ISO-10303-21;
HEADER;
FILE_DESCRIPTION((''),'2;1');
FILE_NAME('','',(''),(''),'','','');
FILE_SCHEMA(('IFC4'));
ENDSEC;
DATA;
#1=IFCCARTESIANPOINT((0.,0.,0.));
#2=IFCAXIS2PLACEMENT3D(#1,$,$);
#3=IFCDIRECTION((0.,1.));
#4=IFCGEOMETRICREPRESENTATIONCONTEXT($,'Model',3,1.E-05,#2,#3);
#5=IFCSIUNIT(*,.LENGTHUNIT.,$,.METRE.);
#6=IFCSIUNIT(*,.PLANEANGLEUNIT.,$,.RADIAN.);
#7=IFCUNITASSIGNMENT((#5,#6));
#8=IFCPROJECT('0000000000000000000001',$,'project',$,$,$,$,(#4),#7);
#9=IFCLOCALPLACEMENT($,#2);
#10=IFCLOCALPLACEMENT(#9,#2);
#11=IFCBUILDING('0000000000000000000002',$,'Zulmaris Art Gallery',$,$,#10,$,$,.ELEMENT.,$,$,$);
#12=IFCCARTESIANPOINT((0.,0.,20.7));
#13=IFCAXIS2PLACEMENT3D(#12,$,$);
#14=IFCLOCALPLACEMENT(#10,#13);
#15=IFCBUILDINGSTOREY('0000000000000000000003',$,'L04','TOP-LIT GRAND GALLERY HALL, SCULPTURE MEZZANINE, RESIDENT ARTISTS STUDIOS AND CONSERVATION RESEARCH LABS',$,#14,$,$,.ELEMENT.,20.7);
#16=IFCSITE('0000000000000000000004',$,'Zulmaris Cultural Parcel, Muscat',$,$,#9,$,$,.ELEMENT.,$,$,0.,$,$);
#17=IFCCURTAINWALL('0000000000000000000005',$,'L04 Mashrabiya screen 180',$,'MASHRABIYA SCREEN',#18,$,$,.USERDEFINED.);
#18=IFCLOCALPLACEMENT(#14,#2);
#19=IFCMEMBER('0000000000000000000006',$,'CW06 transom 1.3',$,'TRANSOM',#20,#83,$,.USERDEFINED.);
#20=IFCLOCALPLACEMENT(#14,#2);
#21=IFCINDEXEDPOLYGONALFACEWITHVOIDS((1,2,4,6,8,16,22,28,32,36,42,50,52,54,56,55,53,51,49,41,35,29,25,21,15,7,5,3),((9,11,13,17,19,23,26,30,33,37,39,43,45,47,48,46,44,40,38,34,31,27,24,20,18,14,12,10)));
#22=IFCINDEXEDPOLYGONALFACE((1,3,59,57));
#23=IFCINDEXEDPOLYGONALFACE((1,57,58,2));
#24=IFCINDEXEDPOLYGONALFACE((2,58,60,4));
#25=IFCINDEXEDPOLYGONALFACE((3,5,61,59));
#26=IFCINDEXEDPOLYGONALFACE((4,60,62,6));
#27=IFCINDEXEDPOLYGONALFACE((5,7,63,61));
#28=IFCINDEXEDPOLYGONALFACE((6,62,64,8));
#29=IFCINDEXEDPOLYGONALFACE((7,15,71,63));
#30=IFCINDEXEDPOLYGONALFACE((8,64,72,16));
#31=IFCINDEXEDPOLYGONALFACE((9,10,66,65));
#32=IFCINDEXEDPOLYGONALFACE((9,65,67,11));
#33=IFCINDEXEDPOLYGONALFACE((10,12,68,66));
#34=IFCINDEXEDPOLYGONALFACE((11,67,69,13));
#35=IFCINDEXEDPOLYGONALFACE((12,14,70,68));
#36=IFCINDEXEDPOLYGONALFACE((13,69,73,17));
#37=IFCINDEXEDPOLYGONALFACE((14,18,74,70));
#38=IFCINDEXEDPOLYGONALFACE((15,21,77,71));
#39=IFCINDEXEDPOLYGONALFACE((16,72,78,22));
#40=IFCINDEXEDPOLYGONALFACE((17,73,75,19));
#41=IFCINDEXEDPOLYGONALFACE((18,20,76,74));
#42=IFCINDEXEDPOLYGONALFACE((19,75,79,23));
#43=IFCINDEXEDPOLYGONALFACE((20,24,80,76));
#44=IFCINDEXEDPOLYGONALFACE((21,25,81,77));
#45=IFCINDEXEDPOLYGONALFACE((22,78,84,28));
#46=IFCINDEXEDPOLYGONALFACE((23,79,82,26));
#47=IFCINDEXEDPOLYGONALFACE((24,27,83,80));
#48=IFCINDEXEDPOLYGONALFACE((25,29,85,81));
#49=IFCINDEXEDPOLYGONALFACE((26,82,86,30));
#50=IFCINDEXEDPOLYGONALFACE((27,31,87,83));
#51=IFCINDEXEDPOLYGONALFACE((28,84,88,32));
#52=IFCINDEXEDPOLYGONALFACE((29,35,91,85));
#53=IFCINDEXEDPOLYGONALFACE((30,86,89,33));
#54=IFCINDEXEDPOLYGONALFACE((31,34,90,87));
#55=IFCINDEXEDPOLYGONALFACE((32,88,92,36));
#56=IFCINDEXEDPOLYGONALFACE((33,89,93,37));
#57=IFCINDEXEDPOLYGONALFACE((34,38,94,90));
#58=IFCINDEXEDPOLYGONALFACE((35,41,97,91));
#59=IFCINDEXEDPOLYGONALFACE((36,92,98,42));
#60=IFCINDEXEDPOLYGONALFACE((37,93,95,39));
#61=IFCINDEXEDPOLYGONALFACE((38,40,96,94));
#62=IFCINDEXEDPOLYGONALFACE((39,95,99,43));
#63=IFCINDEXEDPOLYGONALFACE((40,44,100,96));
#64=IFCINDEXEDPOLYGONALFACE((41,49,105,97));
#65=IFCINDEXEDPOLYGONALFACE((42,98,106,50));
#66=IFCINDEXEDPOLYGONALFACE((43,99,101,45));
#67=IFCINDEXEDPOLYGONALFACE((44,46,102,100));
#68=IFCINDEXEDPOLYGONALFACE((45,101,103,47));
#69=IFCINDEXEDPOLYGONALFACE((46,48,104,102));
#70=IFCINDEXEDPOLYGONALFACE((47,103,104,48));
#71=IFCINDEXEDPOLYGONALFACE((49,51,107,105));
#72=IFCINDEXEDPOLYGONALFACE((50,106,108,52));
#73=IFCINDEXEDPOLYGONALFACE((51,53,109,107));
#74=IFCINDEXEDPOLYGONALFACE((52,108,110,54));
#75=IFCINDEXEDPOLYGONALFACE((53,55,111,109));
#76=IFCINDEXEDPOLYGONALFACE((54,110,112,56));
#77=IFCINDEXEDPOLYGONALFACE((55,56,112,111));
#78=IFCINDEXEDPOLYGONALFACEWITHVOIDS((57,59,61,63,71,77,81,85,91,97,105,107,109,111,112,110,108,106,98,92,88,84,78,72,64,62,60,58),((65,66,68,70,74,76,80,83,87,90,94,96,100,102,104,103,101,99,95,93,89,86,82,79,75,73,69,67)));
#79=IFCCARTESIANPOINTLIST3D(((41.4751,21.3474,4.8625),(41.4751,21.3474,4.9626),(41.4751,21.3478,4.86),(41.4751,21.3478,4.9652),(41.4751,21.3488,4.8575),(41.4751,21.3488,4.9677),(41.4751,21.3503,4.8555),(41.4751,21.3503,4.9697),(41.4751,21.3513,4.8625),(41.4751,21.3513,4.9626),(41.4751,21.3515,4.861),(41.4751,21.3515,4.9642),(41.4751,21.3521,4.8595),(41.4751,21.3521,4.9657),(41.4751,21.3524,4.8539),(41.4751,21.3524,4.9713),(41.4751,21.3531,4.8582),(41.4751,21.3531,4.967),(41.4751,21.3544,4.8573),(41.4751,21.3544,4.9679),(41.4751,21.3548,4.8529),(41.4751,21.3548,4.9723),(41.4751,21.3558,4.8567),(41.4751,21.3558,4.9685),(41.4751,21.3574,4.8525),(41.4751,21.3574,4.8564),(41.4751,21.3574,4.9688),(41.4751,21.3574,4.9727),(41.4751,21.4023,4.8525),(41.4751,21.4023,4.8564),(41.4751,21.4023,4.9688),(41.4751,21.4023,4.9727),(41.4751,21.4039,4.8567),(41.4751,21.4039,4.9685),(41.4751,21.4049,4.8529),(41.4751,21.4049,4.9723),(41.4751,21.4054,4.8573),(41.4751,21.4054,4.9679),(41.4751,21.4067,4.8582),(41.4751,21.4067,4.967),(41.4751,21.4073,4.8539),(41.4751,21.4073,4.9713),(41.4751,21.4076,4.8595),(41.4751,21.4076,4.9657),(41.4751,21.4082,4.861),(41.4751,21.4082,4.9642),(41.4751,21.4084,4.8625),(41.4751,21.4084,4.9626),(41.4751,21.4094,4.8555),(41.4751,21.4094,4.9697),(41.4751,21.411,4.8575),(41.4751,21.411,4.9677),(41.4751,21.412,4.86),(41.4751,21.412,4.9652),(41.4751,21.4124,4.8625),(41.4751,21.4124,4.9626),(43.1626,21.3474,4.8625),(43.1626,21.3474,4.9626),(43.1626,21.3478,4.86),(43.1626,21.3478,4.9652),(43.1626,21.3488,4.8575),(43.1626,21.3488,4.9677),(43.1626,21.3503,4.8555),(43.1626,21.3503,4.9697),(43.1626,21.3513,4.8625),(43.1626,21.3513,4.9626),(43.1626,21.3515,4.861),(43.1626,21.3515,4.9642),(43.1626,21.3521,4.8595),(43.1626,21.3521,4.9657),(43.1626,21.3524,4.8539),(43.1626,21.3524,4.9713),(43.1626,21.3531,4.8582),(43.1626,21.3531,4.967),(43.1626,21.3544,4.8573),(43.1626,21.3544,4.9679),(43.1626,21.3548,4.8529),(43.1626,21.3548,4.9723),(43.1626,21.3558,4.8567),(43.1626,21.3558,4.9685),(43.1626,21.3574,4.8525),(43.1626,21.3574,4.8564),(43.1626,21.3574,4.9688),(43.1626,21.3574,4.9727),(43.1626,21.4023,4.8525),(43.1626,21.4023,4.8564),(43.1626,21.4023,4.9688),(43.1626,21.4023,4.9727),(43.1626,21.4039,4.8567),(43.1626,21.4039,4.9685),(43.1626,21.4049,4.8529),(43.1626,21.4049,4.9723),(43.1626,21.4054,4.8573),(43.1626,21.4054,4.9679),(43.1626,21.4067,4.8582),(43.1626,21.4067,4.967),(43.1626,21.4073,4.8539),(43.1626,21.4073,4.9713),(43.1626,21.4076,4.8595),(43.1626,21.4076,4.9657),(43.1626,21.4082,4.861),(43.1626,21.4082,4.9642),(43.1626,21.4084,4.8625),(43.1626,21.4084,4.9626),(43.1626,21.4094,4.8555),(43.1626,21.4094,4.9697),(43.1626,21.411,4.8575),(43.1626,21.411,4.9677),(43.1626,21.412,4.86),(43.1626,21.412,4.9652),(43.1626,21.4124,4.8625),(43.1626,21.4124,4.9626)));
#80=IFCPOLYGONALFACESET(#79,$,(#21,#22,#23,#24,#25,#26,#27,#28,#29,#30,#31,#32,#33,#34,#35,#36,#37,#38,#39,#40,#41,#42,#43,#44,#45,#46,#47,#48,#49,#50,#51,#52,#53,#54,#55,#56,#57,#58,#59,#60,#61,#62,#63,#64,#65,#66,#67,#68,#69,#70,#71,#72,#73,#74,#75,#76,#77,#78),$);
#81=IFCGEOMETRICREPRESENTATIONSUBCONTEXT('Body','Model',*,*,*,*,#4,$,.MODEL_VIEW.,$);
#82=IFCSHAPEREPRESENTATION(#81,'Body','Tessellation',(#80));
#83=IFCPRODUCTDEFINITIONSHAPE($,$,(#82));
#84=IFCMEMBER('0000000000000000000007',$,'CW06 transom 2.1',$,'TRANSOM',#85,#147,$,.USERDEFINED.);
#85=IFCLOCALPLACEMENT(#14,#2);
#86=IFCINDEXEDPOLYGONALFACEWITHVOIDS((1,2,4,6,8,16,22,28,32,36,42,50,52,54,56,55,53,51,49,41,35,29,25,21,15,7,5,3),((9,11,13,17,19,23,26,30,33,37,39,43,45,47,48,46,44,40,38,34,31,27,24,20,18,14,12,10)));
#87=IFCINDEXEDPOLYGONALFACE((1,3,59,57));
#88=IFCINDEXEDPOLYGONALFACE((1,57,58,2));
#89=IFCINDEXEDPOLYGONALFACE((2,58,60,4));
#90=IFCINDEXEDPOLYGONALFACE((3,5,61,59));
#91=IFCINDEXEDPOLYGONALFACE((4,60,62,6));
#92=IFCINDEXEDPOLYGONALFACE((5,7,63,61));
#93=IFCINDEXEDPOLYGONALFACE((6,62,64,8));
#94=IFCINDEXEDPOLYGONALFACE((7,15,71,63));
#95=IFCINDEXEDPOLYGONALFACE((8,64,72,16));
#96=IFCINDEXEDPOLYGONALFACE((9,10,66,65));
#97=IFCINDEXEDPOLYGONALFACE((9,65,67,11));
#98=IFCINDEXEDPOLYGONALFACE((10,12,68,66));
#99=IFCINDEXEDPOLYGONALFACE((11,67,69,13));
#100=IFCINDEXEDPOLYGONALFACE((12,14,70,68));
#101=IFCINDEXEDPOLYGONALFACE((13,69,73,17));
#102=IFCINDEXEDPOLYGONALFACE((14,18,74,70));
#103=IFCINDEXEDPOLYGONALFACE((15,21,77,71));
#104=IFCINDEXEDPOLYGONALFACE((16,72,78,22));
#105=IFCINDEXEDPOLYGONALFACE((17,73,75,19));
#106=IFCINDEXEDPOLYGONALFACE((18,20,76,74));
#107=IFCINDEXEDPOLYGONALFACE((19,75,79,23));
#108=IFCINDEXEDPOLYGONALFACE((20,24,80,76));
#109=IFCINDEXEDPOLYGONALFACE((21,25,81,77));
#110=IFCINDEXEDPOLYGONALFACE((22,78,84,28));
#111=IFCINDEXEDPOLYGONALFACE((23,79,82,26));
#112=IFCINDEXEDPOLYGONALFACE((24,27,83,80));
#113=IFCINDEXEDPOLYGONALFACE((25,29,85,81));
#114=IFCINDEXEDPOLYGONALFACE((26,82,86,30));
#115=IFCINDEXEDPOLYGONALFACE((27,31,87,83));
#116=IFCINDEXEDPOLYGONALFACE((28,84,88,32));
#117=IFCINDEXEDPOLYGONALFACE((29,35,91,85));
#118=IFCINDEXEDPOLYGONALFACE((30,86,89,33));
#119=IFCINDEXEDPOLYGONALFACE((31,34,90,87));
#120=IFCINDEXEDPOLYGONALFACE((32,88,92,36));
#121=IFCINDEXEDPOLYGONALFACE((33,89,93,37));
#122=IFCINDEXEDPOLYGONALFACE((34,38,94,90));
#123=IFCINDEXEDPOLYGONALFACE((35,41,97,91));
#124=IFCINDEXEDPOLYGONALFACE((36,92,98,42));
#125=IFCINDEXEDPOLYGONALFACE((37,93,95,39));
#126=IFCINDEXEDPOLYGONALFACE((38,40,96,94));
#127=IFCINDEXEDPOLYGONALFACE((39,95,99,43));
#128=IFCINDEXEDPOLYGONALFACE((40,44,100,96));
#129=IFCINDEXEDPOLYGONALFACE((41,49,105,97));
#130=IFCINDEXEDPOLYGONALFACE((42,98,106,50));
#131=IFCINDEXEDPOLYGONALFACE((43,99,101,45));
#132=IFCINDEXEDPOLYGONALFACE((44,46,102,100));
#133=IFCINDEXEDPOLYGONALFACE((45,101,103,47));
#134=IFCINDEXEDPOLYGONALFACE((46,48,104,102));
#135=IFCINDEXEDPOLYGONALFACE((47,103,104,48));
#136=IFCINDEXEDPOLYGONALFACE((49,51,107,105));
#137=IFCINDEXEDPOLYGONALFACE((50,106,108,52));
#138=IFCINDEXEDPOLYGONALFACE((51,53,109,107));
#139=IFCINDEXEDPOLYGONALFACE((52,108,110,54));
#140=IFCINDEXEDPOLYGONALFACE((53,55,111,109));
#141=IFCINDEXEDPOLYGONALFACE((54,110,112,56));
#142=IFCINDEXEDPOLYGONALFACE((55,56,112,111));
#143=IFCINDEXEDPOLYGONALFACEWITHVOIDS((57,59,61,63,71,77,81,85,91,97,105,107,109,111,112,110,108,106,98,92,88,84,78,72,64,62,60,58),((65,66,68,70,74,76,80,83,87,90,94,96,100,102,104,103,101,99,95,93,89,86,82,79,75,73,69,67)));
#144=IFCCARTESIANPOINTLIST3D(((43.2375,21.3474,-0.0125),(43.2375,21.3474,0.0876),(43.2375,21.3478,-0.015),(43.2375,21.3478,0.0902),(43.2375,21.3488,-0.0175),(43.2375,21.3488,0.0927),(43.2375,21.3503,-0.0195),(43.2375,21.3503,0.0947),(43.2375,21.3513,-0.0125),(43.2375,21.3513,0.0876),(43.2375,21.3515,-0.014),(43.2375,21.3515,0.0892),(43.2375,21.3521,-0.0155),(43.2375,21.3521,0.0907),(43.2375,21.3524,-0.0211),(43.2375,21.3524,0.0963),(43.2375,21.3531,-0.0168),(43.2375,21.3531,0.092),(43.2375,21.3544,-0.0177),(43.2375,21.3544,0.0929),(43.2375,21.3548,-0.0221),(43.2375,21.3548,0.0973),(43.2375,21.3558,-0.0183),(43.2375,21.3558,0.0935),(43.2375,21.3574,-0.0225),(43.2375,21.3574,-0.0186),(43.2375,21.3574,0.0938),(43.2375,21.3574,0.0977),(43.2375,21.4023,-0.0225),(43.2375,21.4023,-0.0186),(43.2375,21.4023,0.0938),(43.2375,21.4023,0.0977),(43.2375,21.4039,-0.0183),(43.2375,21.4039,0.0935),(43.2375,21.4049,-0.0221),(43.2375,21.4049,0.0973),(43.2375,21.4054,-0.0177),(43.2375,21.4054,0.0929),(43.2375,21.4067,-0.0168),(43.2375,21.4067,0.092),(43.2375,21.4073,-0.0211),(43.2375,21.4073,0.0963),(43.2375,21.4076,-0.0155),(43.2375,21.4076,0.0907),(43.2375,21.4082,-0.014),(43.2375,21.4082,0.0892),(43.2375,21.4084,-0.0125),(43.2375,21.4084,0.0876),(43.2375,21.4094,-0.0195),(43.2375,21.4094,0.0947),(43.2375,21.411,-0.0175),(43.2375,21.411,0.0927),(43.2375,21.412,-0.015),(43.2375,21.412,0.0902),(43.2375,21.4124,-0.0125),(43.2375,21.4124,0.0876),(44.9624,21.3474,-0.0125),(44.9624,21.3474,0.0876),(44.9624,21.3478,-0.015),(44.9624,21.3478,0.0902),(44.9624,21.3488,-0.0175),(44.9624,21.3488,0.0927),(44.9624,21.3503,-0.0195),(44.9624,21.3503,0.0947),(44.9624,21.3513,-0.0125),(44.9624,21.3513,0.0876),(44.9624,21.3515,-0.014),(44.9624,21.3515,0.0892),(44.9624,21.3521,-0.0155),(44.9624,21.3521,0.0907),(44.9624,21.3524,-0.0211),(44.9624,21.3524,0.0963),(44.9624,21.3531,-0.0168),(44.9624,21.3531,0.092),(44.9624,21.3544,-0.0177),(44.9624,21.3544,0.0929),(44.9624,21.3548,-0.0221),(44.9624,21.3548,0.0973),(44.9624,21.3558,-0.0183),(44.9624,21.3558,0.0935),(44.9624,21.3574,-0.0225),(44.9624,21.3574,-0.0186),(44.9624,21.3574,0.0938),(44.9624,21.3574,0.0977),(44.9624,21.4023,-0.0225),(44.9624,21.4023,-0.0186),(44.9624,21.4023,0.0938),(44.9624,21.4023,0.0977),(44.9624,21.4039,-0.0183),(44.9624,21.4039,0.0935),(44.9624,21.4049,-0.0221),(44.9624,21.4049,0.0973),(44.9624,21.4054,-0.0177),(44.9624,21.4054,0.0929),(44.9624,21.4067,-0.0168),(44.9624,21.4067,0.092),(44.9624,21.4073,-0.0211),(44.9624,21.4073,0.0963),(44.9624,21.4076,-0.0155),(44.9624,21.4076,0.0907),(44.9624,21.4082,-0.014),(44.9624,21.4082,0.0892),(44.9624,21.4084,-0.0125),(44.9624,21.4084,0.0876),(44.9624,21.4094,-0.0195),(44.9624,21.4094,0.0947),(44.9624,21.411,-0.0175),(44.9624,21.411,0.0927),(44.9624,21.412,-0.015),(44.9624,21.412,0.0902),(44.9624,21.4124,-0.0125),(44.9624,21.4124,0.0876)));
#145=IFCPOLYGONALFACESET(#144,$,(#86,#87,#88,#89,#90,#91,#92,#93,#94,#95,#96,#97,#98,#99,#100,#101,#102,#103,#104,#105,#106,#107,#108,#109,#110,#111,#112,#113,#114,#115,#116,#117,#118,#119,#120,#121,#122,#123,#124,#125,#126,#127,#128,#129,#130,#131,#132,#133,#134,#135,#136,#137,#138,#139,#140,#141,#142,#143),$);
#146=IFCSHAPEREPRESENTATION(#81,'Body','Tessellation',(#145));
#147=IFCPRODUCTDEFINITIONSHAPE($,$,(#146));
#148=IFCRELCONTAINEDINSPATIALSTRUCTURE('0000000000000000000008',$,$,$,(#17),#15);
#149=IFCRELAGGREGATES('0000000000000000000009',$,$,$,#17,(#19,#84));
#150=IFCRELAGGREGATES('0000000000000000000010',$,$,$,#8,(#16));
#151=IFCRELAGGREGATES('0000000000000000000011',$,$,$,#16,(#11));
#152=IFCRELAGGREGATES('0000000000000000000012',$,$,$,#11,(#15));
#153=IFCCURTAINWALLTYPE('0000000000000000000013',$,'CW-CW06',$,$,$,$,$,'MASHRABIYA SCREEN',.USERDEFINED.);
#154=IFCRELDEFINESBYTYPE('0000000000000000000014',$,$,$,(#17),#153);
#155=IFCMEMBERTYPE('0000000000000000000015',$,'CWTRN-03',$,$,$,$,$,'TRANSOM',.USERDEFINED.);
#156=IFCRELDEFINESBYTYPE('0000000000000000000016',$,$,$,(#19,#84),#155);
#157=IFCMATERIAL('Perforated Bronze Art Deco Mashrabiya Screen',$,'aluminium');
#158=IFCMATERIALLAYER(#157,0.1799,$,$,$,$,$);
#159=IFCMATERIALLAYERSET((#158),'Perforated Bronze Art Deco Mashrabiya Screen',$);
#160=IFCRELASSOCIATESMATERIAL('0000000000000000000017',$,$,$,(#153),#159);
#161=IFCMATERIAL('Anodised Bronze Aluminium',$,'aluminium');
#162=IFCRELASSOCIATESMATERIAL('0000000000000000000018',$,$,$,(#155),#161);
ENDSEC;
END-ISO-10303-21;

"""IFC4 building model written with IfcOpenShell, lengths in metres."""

from ifc_helpers import new_model, si_unit, direction, frame, origin, origin_2d, place, context, subcontext, project, spatial, hollow_rectangle, extrude, material, layer, layer_set, material_profile, profile_set, type_object, element, aggregate, save


model = new_model("IFC4")

# Units and contexts
model_context = context("Model", 3, precision=1e-05, world=origin(), true_north=direction((0.0, 1.0)))
body_context = subcontext(model_context, "Body", "Model", "MODEL_VIEW")
ifc_project = project(units=[si_unit("LENGTHUNIT", "METRE"), si_unit("PLANEANGLEUNIT", "RADIAN")], contexts=[model_context])

# Site, building, storey
site_placement = place(None, origin())
site = spatial("IfcSite", under=ifc_project, at=site_placement, Name="Zulmaris Cultural Parcel, Muscat", CompositionType="ELEMENT", RefElevation=0.0)
building_placement = place(site_placement, origin())
building = spatial("IfcBuilding", under=site, at=building_placement, Name="Zulmaris Art Gallery", CompositionType="ELEMENT")
storey_placement = place(building_placement, frame((0.0, 0.0, 20.7)))
storey = spatial("IfcBuildingStorey", under=building, at=storey_placement, Name="L04", Description="TOP-LIT GRAND GALLERY HALL, SCULPTURE MEZZANINE, RESIDENT ARTISTS STUDIOS AND CONSERVATION RESEARCH LABS", CompositionType="ELEMENT", Elevation=20.7)

# Curtain wall
ifc_material_1 = material(Name="Anodised Bronze Aluminium", Category="aluminium")
ifc_material_2 = material(Name="Perforated Bronze Art Deco Mashrabiya Screen", Category="aluminium")
ifc_layer_1 = layer(ifc_material_2, 0.1799)
ifc_layer_set_1 = layer_set([ifc_layer_1], Name="Perforated Bronze Art Deco Mashrabiya Screen")
curtain_wall_type_1 = type_object("IfcCurtainWallType", Name="CW-CW06", ElementType="MASHRABIYA SCREEN", PredefinedType="USERDEFINED", material=ifc_layer_set_1)
curtain_wall_1_placement = place(storey_placement, origin())
curtain_wall_1 = element("IfcCurtainWall", 1, at=curtain_wall_1_placement, inside=storey, type_object=curtain_wall_type_1, Name="L04 Mashrabiya screen 180", ObjectType="MASHRABIYA SCREEN", PredefinedType="USERDEFINED")

# Members
ifc_material_profile_1 = material_profile(ifc_material_1, hollow_rectangle(XDim=0.0649, YDim=0.1201, WallThickness=0.0039, InnerFilletRadius=0.0061, OuterFilletRadius=0.01, at=origin_2d()), Name="ALU 65x120x4")
ifc_profile_set_1 = profile_set([ifc_material_profile_1], Name="Anodised Bronze Aluminium")
member_type_1 = type_object("IfcMemberType", Name="CWTRN-03", ElementType="TRANSOM", PredefinedType="USERDEFINED", material=ifc_profile_set_1)
member_1_placement = place(storey_placement, frame((41.4751, 21.3799, 4.9126), z_axis=(1.0, 0.0, 0.0), x_axis=(0.0, 1.0, 0.0)))
member_1 = element("IfcMember", 2, at=member_1_placement, type_object=member_type_1, Name="CW06 transom 1.3", ObjectType="TRANSOM", PredefinedType="USERDEFINED", context=body_context, shape_type="SweptSolid", body=[
    extrude(hollow_rectangle(XDim=0.0649, YDim=0.1201, WallThickness=0.0039, InnerFilletRadius=0.0061, OuterFilletRadius=0.01, at=origin_2d()), origin(), (0.0, 0.0, 1.0), 1.6875),
])
member_2_placement = place(storey_placement, frame((43.2375, 21.3799, 0.0376), z_axis=(1.0, 0.0, 0.0), x_axis=(0.0, 1.0, 0.0)))
member_2 = element("IfcMember", 3, at=member_2_placement, type_object=member_type_1, Name="CW06 transom 2.1", ObjectType="TRANSOM", PredefinedType="USERDEFINED", context=body_context, shape_type="SweptSolid", body=[
    extrude(hollow_rectangle(XDim=0.0649, YDim=0.1201, WallThickness=0.0039, InnerFilletRadius=0.0061, OuterFilletRadius=0.01, at=origin_2d()), origin(), (0.0, 0.0, 1.0), 1.7249),
])

aggregate(curtain_wall_1, [member_1, member_2])

save(model, "model.ifc")
